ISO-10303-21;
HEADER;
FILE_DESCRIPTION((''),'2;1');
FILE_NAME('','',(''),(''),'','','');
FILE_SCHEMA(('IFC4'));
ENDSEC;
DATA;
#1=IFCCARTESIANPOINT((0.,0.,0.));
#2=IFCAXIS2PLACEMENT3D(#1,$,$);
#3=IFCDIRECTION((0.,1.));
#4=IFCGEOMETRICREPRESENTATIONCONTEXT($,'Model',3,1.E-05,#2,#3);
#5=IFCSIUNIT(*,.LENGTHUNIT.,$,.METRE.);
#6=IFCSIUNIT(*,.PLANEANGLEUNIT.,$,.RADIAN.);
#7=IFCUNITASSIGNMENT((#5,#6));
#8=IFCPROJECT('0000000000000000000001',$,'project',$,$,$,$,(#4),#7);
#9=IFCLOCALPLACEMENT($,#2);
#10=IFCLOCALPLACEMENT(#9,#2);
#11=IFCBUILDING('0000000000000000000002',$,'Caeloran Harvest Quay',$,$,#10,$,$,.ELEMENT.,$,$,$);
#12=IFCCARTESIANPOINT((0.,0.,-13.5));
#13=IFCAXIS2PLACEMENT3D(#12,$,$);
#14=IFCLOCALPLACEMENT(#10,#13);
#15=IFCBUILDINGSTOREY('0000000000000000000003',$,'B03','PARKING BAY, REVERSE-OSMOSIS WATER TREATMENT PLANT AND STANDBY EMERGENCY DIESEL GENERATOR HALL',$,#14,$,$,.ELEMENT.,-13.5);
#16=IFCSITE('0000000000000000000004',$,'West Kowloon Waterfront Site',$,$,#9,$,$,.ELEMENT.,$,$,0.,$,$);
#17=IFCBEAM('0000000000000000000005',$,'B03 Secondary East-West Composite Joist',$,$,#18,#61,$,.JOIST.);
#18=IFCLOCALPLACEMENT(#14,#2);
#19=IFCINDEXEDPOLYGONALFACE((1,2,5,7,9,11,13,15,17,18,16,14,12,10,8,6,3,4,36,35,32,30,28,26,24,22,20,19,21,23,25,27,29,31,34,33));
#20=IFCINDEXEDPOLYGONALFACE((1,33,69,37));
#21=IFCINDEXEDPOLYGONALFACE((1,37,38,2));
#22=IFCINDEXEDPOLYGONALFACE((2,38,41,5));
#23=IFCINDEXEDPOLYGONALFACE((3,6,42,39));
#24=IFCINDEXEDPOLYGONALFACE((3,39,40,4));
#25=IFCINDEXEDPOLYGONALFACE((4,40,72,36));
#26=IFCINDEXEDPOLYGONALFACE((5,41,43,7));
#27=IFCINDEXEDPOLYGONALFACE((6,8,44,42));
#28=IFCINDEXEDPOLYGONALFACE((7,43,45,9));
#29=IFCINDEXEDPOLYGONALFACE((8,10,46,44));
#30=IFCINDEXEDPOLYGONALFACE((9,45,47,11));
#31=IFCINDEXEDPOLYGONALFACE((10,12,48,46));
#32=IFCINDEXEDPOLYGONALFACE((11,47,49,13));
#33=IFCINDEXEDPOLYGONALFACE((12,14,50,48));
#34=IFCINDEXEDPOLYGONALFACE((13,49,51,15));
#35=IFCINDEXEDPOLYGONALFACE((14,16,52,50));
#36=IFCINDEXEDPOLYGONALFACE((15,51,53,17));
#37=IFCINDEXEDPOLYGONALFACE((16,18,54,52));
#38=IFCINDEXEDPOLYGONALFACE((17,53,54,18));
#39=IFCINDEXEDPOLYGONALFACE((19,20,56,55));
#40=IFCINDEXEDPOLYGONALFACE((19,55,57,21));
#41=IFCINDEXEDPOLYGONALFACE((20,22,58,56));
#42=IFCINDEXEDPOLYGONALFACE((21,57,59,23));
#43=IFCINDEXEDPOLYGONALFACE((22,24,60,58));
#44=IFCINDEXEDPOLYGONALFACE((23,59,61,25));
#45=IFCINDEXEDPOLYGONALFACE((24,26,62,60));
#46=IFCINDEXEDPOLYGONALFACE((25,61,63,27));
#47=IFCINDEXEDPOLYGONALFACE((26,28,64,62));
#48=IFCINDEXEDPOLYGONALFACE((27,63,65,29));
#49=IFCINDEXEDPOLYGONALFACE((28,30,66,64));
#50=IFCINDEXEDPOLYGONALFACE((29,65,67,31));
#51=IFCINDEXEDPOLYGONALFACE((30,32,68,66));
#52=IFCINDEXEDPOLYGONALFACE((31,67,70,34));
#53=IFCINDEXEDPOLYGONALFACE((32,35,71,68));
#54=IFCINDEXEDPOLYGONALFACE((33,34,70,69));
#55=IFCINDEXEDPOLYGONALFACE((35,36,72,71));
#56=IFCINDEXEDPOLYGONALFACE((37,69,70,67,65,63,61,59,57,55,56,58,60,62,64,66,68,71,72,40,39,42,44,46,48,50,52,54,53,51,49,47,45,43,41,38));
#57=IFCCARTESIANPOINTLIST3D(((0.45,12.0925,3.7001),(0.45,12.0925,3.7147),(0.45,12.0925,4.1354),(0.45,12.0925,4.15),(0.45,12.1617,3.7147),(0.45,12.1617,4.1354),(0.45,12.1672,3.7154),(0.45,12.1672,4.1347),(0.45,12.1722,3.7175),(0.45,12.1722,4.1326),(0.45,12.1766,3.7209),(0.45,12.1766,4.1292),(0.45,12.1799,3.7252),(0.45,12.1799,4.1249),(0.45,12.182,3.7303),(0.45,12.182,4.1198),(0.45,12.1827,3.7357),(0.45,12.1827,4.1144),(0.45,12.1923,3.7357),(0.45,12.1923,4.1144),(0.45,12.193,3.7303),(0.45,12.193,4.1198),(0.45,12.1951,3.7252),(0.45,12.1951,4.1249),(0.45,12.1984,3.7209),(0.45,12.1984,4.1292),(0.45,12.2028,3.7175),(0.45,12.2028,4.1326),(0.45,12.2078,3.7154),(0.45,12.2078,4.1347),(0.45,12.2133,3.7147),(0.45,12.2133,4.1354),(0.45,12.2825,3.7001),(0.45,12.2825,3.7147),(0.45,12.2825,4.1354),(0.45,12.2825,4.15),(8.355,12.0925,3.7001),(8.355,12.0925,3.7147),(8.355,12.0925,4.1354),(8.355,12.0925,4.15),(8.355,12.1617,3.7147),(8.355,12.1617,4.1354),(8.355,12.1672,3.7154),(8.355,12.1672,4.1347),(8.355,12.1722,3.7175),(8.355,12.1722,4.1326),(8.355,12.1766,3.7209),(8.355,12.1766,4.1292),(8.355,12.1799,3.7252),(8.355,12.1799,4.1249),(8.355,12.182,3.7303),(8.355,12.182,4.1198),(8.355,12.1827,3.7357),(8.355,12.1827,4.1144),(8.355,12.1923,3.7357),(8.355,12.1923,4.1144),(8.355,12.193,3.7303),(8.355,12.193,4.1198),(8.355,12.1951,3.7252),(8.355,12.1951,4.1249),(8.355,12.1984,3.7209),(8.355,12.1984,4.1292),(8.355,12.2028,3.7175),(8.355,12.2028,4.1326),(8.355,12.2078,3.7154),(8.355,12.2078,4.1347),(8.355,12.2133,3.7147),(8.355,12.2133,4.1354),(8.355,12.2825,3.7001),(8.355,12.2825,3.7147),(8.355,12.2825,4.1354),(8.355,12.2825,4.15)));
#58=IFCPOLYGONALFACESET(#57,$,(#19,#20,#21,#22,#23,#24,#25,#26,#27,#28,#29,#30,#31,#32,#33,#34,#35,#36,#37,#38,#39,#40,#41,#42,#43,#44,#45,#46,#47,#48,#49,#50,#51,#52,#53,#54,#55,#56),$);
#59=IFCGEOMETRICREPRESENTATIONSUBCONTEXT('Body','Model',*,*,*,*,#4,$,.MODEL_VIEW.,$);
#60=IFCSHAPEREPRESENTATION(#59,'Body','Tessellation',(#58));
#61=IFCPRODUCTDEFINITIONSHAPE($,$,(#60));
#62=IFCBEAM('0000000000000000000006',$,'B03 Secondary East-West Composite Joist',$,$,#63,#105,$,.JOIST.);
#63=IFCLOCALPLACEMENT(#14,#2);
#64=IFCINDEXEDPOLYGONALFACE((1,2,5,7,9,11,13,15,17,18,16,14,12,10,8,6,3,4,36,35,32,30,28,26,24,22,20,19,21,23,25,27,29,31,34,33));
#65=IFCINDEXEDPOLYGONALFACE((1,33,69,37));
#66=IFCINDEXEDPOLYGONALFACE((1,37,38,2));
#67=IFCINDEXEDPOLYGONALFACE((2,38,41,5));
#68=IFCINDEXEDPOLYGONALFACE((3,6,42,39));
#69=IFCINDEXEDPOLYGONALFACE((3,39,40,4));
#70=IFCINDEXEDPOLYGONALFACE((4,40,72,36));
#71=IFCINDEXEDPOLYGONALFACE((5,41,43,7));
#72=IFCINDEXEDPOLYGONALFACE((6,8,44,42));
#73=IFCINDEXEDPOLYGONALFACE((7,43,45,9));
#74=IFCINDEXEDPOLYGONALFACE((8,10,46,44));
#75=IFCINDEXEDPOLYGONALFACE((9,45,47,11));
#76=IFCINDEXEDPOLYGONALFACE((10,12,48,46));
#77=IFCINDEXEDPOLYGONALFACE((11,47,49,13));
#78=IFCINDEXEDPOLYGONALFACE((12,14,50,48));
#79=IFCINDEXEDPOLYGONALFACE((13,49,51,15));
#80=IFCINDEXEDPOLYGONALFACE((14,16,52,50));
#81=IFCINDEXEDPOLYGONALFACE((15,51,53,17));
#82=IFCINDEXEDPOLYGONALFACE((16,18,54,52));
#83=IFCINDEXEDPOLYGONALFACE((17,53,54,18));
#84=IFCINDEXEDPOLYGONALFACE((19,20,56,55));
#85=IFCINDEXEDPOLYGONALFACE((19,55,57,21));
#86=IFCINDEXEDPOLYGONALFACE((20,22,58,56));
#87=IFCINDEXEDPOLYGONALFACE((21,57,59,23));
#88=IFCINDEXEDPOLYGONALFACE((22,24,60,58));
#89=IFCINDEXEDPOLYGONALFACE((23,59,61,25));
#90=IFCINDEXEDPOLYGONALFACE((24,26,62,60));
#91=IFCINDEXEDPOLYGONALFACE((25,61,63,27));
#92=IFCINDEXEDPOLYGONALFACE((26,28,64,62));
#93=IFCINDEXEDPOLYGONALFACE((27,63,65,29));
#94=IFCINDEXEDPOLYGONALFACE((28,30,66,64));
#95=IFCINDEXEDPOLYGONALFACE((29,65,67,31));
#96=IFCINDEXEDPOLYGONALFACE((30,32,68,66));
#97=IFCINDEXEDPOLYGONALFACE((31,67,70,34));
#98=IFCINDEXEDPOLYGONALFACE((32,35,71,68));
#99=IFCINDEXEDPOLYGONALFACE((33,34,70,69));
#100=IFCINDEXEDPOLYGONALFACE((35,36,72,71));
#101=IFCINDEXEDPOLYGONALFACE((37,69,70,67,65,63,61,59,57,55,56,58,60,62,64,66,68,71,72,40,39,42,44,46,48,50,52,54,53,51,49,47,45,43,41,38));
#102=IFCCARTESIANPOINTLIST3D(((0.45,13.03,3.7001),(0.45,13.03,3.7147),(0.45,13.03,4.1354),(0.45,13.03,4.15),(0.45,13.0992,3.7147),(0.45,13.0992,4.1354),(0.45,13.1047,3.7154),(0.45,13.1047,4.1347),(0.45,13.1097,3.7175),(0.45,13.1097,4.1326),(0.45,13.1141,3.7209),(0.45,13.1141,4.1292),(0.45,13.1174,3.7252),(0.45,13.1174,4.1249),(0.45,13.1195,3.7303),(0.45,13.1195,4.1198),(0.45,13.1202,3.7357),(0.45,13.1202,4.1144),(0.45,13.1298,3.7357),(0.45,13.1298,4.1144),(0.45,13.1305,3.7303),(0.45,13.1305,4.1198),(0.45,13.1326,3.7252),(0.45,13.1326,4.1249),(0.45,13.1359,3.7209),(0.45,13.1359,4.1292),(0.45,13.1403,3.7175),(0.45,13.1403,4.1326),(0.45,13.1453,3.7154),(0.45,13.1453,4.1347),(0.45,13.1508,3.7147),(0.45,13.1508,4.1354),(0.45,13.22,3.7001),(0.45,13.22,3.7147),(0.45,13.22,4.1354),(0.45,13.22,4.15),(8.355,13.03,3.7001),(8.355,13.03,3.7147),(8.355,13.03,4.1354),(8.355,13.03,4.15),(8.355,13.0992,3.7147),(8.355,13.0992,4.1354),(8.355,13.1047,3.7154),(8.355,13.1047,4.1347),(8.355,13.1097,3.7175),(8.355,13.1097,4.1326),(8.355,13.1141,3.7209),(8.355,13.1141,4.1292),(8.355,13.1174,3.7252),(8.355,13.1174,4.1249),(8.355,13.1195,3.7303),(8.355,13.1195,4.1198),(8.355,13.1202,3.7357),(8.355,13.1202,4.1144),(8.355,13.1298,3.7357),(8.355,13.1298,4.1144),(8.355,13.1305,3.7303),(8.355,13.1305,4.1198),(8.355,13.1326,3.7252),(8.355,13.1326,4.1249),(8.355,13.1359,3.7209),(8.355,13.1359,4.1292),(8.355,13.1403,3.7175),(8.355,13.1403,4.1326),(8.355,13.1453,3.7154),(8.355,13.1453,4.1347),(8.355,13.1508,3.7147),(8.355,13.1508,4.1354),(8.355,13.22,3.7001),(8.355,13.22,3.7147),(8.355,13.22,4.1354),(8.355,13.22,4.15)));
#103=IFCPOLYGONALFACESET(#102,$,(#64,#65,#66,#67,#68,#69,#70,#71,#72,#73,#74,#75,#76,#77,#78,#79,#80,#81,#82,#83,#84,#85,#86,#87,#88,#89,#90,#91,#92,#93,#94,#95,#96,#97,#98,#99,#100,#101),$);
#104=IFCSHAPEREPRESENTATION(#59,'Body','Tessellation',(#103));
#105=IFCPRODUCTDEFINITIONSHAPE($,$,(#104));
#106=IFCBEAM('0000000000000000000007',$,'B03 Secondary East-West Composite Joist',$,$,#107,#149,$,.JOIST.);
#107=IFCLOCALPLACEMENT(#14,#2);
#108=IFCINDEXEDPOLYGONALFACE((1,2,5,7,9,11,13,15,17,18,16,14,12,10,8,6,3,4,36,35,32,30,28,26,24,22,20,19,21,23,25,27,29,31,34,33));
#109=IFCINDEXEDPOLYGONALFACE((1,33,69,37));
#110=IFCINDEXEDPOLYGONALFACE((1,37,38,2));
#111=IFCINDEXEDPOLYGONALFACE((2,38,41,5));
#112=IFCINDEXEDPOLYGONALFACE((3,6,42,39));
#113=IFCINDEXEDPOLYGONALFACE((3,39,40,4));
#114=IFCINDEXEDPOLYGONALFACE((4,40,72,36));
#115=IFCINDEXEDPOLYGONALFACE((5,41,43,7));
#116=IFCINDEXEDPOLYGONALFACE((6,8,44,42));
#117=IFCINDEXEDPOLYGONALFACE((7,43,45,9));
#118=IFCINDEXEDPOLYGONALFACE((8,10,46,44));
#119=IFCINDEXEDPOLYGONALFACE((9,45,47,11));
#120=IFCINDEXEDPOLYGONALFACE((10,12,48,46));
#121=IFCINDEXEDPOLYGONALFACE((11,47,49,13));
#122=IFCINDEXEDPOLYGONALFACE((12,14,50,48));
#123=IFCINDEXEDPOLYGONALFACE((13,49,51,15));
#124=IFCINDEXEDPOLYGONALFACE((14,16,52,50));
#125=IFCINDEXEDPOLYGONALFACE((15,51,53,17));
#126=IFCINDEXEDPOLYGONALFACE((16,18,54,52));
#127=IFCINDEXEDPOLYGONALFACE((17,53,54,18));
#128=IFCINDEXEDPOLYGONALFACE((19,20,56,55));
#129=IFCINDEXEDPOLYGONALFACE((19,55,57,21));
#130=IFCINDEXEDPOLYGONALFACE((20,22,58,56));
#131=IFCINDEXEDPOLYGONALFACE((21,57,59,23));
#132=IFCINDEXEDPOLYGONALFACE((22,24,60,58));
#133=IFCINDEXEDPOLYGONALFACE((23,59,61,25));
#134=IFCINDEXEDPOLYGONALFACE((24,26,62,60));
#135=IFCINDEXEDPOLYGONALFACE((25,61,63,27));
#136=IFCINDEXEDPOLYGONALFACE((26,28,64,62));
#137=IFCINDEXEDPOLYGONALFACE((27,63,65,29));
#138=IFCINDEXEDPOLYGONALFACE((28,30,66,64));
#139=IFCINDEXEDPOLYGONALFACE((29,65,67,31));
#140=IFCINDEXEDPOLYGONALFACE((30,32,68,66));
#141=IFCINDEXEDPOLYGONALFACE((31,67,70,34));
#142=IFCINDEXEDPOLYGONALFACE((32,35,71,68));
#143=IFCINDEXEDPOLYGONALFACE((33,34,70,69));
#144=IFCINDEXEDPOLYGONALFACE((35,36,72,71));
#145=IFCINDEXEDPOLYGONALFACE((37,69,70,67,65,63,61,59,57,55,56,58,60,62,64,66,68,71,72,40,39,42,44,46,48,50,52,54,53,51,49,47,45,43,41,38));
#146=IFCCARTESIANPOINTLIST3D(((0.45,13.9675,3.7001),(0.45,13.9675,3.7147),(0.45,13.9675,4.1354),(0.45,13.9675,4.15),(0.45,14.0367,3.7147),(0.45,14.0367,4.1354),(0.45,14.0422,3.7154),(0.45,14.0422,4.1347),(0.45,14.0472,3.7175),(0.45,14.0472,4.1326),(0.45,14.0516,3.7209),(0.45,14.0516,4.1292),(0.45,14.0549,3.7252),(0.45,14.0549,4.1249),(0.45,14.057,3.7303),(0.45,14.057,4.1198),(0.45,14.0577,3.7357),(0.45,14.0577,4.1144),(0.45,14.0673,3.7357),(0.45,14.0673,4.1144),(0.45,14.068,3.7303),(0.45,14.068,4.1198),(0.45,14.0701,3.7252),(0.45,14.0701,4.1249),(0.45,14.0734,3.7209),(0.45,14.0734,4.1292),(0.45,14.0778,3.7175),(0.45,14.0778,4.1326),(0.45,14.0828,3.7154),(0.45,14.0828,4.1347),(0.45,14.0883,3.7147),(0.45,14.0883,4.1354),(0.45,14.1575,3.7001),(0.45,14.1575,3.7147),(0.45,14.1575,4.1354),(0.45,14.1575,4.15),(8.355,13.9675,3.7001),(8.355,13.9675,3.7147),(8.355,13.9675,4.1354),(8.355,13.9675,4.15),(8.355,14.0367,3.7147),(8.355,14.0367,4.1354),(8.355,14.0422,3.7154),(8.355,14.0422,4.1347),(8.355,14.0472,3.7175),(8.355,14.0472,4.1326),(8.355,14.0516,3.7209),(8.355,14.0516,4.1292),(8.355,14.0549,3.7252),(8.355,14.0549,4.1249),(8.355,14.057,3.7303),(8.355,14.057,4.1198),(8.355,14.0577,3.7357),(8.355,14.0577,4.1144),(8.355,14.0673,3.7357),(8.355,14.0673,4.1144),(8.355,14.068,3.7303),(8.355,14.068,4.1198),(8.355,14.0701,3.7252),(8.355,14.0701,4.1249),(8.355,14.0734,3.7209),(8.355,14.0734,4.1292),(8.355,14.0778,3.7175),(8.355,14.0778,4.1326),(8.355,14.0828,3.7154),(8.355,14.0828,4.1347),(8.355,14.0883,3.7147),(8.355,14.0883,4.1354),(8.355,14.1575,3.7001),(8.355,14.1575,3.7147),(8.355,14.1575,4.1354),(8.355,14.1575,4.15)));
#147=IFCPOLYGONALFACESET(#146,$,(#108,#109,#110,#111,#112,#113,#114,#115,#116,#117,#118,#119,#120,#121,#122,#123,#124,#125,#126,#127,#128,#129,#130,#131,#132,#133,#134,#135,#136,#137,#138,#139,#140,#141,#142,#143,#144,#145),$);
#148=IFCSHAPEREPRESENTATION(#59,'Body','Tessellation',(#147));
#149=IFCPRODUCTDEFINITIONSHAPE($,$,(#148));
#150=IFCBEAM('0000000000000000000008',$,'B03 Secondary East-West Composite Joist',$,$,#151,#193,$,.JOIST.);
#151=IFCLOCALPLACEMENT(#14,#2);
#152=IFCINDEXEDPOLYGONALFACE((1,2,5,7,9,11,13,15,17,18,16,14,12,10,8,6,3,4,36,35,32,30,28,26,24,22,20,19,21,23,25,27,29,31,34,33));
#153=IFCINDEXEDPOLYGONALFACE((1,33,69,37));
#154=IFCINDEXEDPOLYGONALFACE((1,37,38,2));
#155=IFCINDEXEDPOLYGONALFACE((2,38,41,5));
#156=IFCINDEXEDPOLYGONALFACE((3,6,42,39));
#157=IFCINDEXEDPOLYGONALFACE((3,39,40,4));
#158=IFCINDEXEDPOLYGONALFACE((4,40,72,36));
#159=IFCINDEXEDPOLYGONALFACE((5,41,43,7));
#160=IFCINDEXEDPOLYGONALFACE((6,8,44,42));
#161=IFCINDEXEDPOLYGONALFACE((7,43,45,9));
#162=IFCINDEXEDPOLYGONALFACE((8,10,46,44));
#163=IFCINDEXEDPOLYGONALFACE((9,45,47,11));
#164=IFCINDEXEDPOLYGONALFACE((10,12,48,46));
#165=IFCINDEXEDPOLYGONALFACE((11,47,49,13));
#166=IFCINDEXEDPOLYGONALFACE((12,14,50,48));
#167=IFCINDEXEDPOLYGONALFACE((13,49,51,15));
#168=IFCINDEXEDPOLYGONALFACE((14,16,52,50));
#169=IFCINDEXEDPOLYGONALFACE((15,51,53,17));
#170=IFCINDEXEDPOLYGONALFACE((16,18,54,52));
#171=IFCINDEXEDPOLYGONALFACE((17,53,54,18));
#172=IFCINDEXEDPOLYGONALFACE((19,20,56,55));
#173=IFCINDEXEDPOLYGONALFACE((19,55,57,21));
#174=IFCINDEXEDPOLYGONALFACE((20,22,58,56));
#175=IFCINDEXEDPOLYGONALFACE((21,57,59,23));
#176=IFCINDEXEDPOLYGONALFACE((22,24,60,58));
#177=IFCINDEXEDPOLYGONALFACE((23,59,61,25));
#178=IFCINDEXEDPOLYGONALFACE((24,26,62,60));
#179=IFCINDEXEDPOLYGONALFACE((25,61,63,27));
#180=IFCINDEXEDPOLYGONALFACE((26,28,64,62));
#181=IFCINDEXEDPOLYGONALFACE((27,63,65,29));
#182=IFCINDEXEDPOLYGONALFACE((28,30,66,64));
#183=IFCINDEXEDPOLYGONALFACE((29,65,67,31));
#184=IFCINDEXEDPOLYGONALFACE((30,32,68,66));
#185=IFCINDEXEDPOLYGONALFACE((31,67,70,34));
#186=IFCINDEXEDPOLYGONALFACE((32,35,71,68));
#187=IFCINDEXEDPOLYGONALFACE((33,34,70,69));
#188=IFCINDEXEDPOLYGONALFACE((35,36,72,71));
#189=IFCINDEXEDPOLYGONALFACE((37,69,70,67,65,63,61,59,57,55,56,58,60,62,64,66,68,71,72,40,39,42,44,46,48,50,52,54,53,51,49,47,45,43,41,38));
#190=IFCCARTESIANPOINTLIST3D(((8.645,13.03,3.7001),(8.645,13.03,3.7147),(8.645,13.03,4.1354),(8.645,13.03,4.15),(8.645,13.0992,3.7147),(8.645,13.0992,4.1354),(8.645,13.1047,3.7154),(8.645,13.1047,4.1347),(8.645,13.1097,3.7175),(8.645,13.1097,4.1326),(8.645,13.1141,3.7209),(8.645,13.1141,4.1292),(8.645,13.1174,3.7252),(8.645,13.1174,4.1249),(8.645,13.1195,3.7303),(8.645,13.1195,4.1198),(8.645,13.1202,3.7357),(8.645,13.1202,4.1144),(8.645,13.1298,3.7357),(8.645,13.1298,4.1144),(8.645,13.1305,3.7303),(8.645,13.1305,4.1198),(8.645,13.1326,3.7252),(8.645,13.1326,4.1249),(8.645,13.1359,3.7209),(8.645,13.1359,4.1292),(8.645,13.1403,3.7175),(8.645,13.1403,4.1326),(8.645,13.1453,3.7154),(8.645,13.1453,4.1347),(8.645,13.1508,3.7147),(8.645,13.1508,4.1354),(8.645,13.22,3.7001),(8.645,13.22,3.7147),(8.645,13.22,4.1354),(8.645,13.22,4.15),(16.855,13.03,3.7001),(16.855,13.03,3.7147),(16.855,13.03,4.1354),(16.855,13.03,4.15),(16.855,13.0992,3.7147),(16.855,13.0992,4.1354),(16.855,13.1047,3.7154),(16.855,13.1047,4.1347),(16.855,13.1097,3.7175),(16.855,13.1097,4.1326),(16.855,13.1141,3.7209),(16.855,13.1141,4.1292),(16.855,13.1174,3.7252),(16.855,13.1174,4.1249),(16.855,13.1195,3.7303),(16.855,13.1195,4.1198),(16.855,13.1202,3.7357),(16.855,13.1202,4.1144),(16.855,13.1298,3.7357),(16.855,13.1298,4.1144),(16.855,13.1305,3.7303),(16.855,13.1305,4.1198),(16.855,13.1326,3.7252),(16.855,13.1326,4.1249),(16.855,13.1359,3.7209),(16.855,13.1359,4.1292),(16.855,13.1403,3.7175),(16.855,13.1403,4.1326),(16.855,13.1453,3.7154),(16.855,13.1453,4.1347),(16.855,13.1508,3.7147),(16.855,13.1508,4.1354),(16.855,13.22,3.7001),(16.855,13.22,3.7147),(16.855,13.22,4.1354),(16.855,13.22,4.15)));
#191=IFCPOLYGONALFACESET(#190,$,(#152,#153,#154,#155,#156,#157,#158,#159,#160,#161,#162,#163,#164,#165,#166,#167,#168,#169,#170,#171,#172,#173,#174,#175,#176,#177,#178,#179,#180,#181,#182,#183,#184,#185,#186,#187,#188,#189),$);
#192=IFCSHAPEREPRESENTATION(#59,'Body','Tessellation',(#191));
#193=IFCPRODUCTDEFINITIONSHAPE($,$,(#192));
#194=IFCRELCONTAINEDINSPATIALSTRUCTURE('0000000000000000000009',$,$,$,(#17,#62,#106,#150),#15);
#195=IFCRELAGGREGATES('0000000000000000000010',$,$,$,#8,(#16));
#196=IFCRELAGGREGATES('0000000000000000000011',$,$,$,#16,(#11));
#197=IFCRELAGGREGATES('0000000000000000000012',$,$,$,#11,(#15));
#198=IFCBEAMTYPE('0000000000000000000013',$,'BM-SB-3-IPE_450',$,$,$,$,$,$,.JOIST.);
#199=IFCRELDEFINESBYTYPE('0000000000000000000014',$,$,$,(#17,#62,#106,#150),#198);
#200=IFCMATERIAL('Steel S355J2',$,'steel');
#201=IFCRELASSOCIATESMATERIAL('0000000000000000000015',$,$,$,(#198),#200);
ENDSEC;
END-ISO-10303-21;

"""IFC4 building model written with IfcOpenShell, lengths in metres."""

from ifc_helpers import new_model, si_unit, direction, frame, origin, origin_2d, place, context, subcontext, project, spatial, i_section, extrude, material, material_profile, profile_set, type_object, element, save


model = new_model("IFC4")

# Units and contexts
model_context = context("Model", 3, precision=1e-05, world=origin(), true_north=direction((0.0, 1.0)))
body_context = subcontext(model_context, "Body", "Model", "MODEL_VIEW")
ifc_project = project(units=[si_unit("LENGTHUNIT", "METRE"), si_unit("PLANEANGLEUNIT", "RADIAN")], contexts=[model_context])

# Site, building, storey
site_placement = place(None, origin())
site = spatial("IfcSite", under=ifc_project, at=site_placement, Name="West Kowloon Waterfront Site", CompositionType="ELEMENT", RefElevation=0.0)
building_placement = place(site_placement, origin())
building = spatial("IfcBuilding", under=site, at=building_placement, Name="Caeloran Harvest Quay", CompositionType="ELEMENT")
storey_placement = place(building_placement, frame((0.0, 0.0, -13.5)))
storey = spatial("IfcBuildingStorey", under=building, at=storey_placement, Name="B03", Description="PARKING BAY, REVERSE-OSMOSIS WATER TREATMENT PLANT AND STANDBY EMERGENCY DIESEL GENERATOR HALL", CompositionType="ELEMENT", Elevation=-13.5)

# Beams
ifc_material_1 = material(Name="Steel S355J2", Category="steel")
ifc_material_profile_1 = material_profile(ifc_material_1, i_section(OverallWidth=0.1899, OverallDepth=0.45, WebThickness=0.0095, FlangeThickness=0.0146, FilletRadius=0.021, at=origin_2d()), Name="IPE 450")
ifc_profile_set_1 = profile_set([ifc_material_profile_1], Name="Steel S355J2")
beam_type_1 = type_object("IfcBeamType", Name="BM-SB-3-IPE_450", PredefinedType="JOIST", material=ifc_profile_set_1)
for number, where, z_axis, x_axis, name in (
    (1, (0.45, 12.1875, 3.925), (1.0, 0.0, 0.0), (0.0, 1.0, 0.0), "B03 Secondary East-West Composite Joist"),
    (2, (0.45, 13.125, 3.925), (1.0, 0.0, 0.0), (0.0, 1.0, 0.0), "B03 Secondary East-West Composite Joist"),
    (3, (0.45, 14.0625, 3.925), (1.0, 0.0, 0.0), (0.0, 1.0, 0.0), "B03 Secondary East-West Composite Joist"),
):
    element("IfcBeam", number, at=place(storey_placement, frame(where, z_axis=z_axis, x_axis=x_axis)), inside=storey, type_object=beam_type_1, Name=name, PredefinedType="JOIST", context=body_context, shape_type="SweptSolid", body=[
        extrude(i_section(OverallWidth=0.1899, OverallDepth=0.45, WebThickness=0.0095, FlangeThickness=0.0146, FilletRadius=0.021, at=origin_2d()), origin(), (0.0, 0.0, 1.0), 7.905),
    ])
for number, where, z_axis, x_axis, name in (
    (4, (8.645, 13.125, 3.925), (1.0, 0.0, 0.0), (0.0, 1.0, 0.0), "B03 Secondary East-West Composite Joist"),
):
    element("IfcBeam", number, at=place(storey_placement, frame(where, z_axis=z_axis, x_axis=x_axis)), inside=storey, type_object=beam_type_1, Name=name, PredefinedType="JOIST", context=body_context, shape_type="SweptSolid", body=[
        extrude(i_section(OverallWidth=0.1899, OverallDepth=0.45, WebThickness=0.0095, FlangeThickness=0.0146, FilletRadius=0.021, at=origin_2d()), origin(), (0.0, 0.0, 1.0), 8.21),
    ])

save(model, "model.ifc")
